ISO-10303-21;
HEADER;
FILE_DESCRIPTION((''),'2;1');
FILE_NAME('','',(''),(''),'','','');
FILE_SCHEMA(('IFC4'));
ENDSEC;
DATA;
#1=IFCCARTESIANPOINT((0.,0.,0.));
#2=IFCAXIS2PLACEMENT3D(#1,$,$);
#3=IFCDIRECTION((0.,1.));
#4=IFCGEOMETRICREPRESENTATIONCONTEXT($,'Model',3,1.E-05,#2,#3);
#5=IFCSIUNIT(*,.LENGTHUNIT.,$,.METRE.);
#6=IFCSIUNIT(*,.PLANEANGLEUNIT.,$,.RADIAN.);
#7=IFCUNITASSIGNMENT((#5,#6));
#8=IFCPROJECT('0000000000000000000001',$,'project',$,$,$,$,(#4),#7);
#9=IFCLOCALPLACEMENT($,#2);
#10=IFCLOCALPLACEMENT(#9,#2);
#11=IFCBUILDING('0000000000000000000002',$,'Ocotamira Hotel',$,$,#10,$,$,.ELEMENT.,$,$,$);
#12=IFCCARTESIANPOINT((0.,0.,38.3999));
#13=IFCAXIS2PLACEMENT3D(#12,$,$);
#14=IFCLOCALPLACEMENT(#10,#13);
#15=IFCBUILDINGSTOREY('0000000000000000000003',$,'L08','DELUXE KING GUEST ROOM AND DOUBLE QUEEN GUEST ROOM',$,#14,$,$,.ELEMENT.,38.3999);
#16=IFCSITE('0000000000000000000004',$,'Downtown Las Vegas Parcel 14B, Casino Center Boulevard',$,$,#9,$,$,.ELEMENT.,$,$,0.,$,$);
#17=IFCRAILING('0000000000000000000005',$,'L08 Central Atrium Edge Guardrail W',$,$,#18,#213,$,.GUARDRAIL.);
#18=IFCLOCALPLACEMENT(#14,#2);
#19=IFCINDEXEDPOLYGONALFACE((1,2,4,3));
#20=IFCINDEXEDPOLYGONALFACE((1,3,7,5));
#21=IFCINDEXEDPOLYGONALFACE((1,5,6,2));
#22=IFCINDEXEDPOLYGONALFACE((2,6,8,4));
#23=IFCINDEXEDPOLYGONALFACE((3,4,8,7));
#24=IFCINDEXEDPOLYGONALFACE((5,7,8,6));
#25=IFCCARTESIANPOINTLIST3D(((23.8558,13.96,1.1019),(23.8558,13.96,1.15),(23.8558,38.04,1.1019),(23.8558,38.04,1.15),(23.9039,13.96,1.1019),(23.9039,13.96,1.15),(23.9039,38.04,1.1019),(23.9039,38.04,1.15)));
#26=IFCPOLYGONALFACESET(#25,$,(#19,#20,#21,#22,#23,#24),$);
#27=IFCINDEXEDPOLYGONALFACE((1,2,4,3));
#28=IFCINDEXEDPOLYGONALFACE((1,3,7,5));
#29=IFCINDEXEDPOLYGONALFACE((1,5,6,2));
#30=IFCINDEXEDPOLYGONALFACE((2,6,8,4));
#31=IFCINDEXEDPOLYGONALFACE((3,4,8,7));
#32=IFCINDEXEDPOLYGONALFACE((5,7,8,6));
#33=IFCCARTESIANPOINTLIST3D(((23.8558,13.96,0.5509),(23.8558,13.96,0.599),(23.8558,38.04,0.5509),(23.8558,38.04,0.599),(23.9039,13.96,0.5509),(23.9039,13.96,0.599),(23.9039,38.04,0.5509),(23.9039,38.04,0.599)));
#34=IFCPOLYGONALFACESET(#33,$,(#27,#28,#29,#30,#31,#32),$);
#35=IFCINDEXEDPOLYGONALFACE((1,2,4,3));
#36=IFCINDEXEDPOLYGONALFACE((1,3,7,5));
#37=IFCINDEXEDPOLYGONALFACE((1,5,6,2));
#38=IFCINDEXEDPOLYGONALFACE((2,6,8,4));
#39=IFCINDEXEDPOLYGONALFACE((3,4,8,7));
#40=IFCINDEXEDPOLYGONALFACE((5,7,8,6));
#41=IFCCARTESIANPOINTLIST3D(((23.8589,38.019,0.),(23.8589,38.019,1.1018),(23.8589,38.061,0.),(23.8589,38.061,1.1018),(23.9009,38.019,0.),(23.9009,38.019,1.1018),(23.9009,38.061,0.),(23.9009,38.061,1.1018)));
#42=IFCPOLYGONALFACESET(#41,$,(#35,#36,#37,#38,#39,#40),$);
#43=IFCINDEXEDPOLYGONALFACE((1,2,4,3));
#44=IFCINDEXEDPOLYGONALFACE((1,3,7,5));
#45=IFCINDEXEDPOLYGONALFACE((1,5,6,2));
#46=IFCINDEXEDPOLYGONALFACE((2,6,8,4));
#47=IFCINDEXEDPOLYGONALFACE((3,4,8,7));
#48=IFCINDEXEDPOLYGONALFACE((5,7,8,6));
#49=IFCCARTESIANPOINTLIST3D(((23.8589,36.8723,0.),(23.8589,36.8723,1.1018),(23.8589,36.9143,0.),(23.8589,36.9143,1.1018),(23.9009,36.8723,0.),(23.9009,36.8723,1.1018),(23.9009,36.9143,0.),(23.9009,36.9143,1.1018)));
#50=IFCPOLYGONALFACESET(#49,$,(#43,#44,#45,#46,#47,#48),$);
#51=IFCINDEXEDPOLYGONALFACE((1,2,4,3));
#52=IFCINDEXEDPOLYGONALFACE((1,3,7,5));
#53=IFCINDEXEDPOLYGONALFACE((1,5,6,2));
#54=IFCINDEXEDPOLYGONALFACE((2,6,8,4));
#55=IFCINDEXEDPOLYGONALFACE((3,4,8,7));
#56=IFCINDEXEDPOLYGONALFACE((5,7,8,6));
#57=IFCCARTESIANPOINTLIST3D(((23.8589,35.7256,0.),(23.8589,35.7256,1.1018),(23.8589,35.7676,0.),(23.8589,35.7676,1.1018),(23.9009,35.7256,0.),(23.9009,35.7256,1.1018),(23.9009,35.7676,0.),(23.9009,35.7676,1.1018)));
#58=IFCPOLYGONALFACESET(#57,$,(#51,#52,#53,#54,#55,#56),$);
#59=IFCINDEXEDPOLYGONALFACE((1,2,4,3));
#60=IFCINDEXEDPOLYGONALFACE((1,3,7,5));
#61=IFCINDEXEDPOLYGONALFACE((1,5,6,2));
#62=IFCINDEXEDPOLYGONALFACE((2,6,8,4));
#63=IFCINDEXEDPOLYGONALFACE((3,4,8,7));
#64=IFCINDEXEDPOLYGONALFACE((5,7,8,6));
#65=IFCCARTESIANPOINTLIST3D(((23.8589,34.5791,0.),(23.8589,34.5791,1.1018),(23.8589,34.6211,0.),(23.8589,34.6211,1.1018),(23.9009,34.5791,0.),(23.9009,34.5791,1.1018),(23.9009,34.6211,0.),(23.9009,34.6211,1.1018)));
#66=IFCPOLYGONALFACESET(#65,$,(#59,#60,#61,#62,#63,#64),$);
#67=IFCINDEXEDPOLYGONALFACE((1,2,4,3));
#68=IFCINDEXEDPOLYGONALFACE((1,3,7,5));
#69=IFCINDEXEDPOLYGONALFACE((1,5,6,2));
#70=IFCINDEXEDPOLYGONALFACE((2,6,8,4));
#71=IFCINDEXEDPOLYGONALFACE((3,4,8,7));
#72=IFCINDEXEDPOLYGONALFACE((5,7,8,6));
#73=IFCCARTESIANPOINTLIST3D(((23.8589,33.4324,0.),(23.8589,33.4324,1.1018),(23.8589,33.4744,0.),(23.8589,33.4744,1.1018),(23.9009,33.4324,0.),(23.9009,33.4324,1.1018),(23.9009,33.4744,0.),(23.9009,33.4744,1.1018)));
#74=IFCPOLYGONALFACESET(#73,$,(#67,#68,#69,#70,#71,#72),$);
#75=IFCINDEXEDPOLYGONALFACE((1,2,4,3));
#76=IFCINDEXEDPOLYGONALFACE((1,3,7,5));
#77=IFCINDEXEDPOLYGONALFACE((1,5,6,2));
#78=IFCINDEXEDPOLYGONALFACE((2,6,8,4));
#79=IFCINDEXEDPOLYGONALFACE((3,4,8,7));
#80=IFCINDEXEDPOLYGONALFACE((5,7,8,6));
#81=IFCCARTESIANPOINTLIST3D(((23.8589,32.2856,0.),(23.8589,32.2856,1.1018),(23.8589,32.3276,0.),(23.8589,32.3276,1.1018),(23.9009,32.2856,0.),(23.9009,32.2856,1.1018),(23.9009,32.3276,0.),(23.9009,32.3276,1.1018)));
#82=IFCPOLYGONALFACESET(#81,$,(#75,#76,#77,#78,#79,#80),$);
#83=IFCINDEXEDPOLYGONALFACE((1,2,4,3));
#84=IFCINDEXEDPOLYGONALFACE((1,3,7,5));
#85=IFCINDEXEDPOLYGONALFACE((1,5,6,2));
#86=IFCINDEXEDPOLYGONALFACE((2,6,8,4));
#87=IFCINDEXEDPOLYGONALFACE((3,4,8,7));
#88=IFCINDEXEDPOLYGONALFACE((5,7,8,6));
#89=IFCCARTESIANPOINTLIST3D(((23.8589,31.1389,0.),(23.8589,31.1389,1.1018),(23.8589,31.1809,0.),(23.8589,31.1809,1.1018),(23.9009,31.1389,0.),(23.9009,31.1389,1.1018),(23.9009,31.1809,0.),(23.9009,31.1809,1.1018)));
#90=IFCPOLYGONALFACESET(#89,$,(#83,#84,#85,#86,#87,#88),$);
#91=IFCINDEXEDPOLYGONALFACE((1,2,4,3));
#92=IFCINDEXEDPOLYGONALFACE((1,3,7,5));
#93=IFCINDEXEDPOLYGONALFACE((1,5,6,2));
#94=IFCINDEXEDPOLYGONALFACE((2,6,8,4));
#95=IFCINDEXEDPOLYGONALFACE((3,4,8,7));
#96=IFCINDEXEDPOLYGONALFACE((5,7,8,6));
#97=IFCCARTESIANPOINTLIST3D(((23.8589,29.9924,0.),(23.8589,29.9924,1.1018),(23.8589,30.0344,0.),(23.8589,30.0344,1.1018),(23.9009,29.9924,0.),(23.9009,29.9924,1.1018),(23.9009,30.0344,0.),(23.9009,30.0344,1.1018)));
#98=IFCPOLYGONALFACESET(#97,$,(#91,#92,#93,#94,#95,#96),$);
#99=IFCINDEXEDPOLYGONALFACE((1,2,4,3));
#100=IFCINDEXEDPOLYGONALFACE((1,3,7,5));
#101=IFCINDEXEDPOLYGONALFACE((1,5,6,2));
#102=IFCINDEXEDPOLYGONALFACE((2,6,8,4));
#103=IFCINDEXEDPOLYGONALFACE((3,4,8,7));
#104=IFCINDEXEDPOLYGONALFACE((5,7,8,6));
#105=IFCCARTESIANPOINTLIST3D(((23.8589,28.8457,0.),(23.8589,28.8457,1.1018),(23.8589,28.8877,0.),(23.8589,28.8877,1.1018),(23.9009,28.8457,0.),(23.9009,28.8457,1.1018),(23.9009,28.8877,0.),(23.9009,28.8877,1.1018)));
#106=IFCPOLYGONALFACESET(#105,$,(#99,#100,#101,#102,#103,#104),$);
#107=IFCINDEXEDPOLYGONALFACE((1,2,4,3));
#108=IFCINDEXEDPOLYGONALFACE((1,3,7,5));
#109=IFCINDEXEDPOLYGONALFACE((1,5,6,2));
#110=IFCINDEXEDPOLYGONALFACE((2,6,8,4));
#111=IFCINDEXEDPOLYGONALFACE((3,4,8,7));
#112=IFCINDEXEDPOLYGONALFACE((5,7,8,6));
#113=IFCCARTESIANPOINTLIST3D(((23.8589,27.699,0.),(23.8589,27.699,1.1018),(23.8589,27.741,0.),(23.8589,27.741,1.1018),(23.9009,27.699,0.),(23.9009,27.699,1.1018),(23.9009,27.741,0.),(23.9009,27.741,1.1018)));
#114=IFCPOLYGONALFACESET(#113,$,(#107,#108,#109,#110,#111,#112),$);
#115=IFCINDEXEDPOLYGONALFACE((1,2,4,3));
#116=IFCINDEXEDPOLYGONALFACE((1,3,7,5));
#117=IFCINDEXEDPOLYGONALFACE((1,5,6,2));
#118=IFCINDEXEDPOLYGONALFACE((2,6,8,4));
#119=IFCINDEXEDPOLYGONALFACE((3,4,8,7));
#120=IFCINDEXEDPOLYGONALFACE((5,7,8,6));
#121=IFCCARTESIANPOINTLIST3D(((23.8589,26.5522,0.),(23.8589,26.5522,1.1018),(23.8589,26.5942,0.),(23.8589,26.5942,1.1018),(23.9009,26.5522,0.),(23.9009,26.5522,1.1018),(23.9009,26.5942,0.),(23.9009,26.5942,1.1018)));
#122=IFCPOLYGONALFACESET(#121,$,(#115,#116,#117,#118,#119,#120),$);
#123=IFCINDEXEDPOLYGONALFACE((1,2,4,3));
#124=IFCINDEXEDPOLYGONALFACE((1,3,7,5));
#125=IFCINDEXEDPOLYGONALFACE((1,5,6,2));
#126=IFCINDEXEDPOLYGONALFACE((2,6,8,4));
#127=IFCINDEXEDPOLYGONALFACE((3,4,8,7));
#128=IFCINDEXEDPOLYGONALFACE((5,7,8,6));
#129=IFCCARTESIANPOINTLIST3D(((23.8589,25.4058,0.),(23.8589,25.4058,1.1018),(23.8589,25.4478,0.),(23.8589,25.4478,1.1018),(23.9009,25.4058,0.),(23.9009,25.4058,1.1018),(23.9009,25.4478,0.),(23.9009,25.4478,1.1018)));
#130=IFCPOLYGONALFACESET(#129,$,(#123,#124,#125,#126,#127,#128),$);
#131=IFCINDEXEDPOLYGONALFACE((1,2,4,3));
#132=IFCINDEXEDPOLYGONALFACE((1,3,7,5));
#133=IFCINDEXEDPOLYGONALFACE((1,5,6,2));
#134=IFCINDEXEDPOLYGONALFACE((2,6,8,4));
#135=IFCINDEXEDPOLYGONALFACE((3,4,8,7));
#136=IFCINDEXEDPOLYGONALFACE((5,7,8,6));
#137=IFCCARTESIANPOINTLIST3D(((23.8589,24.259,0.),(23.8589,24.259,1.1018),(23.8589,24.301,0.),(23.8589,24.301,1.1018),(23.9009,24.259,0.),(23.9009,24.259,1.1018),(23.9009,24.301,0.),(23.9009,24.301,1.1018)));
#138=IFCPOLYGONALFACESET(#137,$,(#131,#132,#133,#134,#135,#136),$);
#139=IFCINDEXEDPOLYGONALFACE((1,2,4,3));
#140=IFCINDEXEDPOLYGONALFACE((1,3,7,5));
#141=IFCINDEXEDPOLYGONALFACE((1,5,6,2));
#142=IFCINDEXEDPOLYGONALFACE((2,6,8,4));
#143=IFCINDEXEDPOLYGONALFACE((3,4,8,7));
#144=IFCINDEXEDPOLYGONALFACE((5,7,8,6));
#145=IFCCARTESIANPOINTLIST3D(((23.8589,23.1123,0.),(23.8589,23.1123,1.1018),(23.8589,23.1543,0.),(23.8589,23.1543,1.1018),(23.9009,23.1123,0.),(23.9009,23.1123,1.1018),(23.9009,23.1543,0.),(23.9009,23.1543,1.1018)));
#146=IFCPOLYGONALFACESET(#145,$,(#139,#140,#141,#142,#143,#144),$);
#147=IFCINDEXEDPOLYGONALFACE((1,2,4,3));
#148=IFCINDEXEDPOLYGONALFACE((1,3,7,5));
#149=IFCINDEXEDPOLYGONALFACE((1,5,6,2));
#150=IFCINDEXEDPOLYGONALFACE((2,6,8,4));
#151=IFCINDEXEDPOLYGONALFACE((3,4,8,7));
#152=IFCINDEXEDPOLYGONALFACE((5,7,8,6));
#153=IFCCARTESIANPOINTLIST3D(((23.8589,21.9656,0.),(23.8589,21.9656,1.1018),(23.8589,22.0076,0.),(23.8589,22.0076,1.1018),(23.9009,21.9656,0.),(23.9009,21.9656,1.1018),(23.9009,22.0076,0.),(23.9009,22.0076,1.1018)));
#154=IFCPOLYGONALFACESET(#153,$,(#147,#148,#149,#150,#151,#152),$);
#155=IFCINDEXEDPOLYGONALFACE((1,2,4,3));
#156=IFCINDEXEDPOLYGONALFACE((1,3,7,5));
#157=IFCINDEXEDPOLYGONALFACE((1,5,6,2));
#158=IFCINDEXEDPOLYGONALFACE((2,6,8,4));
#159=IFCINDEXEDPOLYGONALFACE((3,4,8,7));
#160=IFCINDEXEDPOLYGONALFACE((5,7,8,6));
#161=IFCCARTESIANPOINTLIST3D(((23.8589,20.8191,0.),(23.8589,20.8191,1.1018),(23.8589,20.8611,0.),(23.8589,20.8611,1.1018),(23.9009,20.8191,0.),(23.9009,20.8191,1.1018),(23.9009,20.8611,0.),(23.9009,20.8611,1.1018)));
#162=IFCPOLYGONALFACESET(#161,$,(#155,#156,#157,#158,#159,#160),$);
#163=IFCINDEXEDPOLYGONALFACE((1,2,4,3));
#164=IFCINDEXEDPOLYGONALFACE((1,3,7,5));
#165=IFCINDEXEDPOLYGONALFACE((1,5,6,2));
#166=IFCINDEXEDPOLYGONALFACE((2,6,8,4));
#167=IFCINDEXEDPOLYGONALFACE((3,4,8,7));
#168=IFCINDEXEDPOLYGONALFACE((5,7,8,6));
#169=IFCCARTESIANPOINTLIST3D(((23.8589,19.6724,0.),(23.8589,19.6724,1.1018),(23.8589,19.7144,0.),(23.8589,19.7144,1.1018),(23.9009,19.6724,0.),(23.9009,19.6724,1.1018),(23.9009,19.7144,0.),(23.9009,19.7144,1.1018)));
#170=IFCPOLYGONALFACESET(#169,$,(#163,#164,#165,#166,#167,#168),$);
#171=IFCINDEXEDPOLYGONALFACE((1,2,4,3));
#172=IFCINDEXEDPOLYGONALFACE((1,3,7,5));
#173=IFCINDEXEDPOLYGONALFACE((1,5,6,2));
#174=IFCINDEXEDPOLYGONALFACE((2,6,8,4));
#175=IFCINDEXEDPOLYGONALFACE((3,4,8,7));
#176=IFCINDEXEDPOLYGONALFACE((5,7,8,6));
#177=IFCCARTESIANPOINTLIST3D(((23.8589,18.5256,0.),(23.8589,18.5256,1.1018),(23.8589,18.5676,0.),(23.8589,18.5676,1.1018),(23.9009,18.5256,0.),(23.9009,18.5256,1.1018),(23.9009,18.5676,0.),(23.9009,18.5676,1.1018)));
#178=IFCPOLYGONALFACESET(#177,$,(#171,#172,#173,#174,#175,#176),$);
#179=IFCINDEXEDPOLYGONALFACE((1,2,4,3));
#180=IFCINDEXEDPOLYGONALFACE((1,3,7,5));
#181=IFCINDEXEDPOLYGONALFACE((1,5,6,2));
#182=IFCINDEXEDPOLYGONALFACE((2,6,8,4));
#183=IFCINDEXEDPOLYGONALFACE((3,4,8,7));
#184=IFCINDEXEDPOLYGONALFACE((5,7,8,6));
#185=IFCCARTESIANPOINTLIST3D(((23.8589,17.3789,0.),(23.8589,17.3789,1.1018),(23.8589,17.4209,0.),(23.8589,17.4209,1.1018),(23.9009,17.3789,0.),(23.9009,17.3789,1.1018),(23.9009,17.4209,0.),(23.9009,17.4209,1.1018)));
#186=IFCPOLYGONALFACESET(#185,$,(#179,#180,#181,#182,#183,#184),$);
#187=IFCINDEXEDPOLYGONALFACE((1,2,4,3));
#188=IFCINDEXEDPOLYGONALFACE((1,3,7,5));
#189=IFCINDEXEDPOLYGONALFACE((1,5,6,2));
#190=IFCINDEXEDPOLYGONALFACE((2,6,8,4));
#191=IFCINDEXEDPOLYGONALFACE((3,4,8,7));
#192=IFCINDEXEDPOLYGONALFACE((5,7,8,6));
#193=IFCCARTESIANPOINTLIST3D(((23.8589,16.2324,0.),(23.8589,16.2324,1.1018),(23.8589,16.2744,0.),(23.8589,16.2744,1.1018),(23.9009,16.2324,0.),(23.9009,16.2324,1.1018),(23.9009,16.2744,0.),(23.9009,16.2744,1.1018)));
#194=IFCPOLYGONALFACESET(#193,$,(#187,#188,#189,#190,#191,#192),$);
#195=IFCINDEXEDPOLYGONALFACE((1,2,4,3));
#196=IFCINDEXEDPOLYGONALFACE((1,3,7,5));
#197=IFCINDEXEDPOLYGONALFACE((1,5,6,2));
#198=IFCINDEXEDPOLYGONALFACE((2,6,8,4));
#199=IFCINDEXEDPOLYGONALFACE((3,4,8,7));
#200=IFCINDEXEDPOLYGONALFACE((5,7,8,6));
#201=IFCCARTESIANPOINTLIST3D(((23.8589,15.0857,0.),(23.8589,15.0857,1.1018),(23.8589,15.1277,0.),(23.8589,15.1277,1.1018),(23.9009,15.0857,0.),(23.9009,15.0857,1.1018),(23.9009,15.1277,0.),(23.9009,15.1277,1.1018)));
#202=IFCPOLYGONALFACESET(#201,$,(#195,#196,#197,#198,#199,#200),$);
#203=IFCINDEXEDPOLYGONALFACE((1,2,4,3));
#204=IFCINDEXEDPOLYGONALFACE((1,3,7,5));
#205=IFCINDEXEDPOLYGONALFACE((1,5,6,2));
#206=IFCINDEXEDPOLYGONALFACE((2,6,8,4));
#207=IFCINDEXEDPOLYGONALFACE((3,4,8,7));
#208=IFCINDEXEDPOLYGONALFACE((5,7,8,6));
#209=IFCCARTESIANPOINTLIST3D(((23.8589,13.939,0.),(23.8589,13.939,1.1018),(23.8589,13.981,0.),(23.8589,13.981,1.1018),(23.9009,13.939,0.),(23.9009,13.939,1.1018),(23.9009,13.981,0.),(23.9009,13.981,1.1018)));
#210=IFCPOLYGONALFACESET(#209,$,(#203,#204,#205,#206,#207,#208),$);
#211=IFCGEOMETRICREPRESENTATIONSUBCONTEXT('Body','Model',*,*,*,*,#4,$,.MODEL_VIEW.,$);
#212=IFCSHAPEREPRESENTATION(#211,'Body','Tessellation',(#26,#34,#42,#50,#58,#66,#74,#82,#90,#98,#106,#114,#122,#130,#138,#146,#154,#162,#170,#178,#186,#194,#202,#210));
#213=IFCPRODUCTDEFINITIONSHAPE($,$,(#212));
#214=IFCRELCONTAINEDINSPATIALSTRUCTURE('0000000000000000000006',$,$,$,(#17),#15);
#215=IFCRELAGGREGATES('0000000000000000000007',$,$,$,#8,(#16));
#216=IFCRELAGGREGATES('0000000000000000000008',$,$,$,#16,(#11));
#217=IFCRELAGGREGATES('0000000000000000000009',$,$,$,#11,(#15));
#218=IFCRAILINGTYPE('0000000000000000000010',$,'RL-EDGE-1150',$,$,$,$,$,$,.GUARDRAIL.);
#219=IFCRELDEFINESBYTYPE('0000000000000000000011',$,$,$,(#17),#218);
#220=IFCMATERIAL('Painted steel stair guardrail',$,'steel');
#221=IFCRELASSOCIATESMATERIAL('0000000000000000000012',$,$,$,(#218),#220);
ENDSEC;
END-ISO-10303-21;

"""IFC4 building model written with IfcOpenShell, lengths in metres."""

from ifc_helpers import new_model, si_unit, direction, frame, origin, origin_2d, place, context, subcontext, project, spatial, rectangle, extrude, material, type_object, element, save


model = new_model("IFC4")

# Units and contexts
model_context = context("Model", 3, precision=1e-05, world=origin(), true_north=direction((0.0, 1.0)))
body_context = subcontext(model_context, "Body", "Model", "MODEL_VIEW")
ifc_project = project(units=[si_unit("LENGTHUNIT", "METRE"), si_unit("PLANEANGLEUNIT", "RADIAN")], contexts=[model_context])

# Site, building, storey
site_placement = place(None, origin())
site = spatial("IfcSite", under=ifc_project, at=site_placement, Name="Downtown Las Vegas Parcel 14B, Casino Center Boulevard", CompositionType="ELEMENT", RefElevation=0.0)
building_placement = place(site_placement, origin())
building = spatial("IfcBuilding", under=site, at=building_placement, Name="Ocotamira Hotel", CompositionType="ELEMENT")
storey_placement = place(building_placement, frame((0.0, 0.0, 38.3999)))
storey = spatial("IfcBuildingStorey", under=building, at=storey_placement, Name="L08", Description="DELUXE KING GUEST ROOM AND DOUBLE QUEEN GUEST ROOM", CompositionType="ELEMENT", Elevation=38.3999)

# Railing
ifc_material_1 = material(Name="Painted steel stair guardrail", Category="steel")
railing_type = type_object("IfcRailingType", Name="RL-EDGE-1150", PredefinedType="GUARDRAIL", material=ifc_material_1)
railing_placement = place(storey_placement, frame((23.8799, 38.04, 0.0)))
element("IfcRailing", 1, at=railing_placement, inside=storey, type_object=railing_type, Name="L08 Central Atrium Edge Guardrail W", PredefinedType="GUARDRAIL", context=body_context, shape_type="SweptSolid", body=[
    extrude(rectangle(XDim=0.0481, YDim=0.0481, at=origin_2d()), frame((0.0, 0.0, 1.126), z_axis=(0.0, -1.0, 0.0), x_axis=(1.0, 0.0, 0.0)), (0.0, 0.0, 1.0), 24.0801),
    extrude(rectangle(XDim=0.0481, YDim=0.0481, at=origin_2d()), frame((0.0, 0.0, 0.575), z_axis=(0.0, -1.0, 0.0), x_axis=(1.0, 0.0, 0.0)), (0.0, 0.0, 1.0), 24.0801),
    extrude(rectangle(XDim=0.042, YDim=0.042, at=origin_2d()), origin(), (0.0, 0.0, 1.0), 1.1018),
    extrude(rectangle(XDim=0.042, YDim=0.042, at=origin_2d()), frame((0.0, -1.1467, 0.0)), (0.0, 0.0, 1.0), 1.1018),
    extrude(rectangle(XDim=0.042, YDim=0.042, at=origin_2d()), frame((0.0, -2.2935, 0.0)), (0.0, 0.0, 1.0), 1.1018),
    extrude(rectangle(XDim=0.042, YDim=0.042, at=origin_2d()), frame((0.0, -3.4399, 0.0)), (0.0, 0.0, 1.0), 1.1018),
    extrude(rectangle(XDim=0.042, YDim=0.042, at=origin_2d()), frame((0.0, -4.5867, 0.0)), (0.0, 0.0, 1.0), 1.1018),
    extrude(rectangle(XDim=0.042, YDim=0.042, at=origin_2d()), frame((0.0, -5.7334, 0.0)), (0.0, 0.0, 1.0), 1.1018),
    extrude(rectangle(XDim=0.042, YDim=0.042, at=origin_2d()), frame((0.0, -6.8801, 0.0)), (0.0, 0.0, 1.0), 1.1018),
    extrude(rectangle(XDim=0.042, YDim=0.042, at=origin_2d()), frame((0.0, -8.0266, 0.0)), (0.0, 0.0, 1.0), 1.1018),
    extrude(rectangle(XDim=0.042, YDim=0.042, at=origin_2d()), frame((0.0, -9.1733, 0.0)), (0.0, 0.0, 1.0), 1.1018),
    extrude(rectangle(XDim=0.042, YDim=0.042, at=origin_2d()), frame((0.0, -10.3201, 0.0)), (0.0, 0.0, 1.0), 1.1018),
    extrude(rectangle(XDim=0.042, YDim=0.042, at=origin_2d()), frame((0.0, -11.4668, 0.0)), (0.0, 0.0, 1.0), 1.1018),
    extrude(rectangle(XDim=0.042, YDim=0.042, at=origin_2d()), frame((0.0, -12.6133, 0.0)), (0.0, 0.0, 1.0), 1.1018),
    extrude(rectangle(XDim=0.042, YDim=0.042, at=origin_2d()), frame((0.0, -13.76, 0.0)), (0.0, 0.0, 1.0), 1.1018),
    extrude(rectangle(XDim=0.042, YDim=0.042, at=origin_2d()), frame((0.0, -14.9067, 0.0)), (0.0, 0.0, 1.0), 1.1018),
    extrude(rectangle(XDim=0.042, YDim=0.042, at=origin_2d()), frame((0.0, -16.0535, 0.0)), (0.0, 0.0, 1.0), 1.1018),
    extrude(rectangle(XDim=0.042, YDim=0.042, at=origin_2d()), frame((0.0, -17.2, 0.0)), (0.0, 0.0, 1.0), 1.1018),
    extrude(rectangle(XDim=0.042, YDim=0.042, at=origin_2d()), frame((0.0, -18.3467, 0.0)), (0.0, 0.0, 1.0), 1.1018),
    extrude(rectangle(XDim=0.042, YDim=0.042, at=origin_2d()), frame((0.0, -19.4934, 0.0)), (0.0, 0.0, 1.0), 1.1018),
    extrude(rectangle(XDim=0.042, YDim=0.042, at=origin_2d()), frame((0.0, -20.6401, 0.0)), (0.0, 0.0, 1.0), 1.1018),
    extrude(rectangle(XDim=0.042, YDim=0.042, at=origin_2d()), frame((0.0, -21.7866, 0.0)), (0.0, 0.0, 1.0), 1.1018),
    extrude(rectangle(XDim=0.042, YDim=0.042, at=origin_2d()), frame((0.0, -22.9333, 0.0)), (0.0, 0.0, 1.0), 1.1018),
    extrude(rectangle(XDim=0.042, YDim=0.042, at=origin_2d()), frame((0.0, -24.0801, 0.0)), (0.0, 0.0, 1.0), 1.1018),
])

save(model, "model.ifc")
